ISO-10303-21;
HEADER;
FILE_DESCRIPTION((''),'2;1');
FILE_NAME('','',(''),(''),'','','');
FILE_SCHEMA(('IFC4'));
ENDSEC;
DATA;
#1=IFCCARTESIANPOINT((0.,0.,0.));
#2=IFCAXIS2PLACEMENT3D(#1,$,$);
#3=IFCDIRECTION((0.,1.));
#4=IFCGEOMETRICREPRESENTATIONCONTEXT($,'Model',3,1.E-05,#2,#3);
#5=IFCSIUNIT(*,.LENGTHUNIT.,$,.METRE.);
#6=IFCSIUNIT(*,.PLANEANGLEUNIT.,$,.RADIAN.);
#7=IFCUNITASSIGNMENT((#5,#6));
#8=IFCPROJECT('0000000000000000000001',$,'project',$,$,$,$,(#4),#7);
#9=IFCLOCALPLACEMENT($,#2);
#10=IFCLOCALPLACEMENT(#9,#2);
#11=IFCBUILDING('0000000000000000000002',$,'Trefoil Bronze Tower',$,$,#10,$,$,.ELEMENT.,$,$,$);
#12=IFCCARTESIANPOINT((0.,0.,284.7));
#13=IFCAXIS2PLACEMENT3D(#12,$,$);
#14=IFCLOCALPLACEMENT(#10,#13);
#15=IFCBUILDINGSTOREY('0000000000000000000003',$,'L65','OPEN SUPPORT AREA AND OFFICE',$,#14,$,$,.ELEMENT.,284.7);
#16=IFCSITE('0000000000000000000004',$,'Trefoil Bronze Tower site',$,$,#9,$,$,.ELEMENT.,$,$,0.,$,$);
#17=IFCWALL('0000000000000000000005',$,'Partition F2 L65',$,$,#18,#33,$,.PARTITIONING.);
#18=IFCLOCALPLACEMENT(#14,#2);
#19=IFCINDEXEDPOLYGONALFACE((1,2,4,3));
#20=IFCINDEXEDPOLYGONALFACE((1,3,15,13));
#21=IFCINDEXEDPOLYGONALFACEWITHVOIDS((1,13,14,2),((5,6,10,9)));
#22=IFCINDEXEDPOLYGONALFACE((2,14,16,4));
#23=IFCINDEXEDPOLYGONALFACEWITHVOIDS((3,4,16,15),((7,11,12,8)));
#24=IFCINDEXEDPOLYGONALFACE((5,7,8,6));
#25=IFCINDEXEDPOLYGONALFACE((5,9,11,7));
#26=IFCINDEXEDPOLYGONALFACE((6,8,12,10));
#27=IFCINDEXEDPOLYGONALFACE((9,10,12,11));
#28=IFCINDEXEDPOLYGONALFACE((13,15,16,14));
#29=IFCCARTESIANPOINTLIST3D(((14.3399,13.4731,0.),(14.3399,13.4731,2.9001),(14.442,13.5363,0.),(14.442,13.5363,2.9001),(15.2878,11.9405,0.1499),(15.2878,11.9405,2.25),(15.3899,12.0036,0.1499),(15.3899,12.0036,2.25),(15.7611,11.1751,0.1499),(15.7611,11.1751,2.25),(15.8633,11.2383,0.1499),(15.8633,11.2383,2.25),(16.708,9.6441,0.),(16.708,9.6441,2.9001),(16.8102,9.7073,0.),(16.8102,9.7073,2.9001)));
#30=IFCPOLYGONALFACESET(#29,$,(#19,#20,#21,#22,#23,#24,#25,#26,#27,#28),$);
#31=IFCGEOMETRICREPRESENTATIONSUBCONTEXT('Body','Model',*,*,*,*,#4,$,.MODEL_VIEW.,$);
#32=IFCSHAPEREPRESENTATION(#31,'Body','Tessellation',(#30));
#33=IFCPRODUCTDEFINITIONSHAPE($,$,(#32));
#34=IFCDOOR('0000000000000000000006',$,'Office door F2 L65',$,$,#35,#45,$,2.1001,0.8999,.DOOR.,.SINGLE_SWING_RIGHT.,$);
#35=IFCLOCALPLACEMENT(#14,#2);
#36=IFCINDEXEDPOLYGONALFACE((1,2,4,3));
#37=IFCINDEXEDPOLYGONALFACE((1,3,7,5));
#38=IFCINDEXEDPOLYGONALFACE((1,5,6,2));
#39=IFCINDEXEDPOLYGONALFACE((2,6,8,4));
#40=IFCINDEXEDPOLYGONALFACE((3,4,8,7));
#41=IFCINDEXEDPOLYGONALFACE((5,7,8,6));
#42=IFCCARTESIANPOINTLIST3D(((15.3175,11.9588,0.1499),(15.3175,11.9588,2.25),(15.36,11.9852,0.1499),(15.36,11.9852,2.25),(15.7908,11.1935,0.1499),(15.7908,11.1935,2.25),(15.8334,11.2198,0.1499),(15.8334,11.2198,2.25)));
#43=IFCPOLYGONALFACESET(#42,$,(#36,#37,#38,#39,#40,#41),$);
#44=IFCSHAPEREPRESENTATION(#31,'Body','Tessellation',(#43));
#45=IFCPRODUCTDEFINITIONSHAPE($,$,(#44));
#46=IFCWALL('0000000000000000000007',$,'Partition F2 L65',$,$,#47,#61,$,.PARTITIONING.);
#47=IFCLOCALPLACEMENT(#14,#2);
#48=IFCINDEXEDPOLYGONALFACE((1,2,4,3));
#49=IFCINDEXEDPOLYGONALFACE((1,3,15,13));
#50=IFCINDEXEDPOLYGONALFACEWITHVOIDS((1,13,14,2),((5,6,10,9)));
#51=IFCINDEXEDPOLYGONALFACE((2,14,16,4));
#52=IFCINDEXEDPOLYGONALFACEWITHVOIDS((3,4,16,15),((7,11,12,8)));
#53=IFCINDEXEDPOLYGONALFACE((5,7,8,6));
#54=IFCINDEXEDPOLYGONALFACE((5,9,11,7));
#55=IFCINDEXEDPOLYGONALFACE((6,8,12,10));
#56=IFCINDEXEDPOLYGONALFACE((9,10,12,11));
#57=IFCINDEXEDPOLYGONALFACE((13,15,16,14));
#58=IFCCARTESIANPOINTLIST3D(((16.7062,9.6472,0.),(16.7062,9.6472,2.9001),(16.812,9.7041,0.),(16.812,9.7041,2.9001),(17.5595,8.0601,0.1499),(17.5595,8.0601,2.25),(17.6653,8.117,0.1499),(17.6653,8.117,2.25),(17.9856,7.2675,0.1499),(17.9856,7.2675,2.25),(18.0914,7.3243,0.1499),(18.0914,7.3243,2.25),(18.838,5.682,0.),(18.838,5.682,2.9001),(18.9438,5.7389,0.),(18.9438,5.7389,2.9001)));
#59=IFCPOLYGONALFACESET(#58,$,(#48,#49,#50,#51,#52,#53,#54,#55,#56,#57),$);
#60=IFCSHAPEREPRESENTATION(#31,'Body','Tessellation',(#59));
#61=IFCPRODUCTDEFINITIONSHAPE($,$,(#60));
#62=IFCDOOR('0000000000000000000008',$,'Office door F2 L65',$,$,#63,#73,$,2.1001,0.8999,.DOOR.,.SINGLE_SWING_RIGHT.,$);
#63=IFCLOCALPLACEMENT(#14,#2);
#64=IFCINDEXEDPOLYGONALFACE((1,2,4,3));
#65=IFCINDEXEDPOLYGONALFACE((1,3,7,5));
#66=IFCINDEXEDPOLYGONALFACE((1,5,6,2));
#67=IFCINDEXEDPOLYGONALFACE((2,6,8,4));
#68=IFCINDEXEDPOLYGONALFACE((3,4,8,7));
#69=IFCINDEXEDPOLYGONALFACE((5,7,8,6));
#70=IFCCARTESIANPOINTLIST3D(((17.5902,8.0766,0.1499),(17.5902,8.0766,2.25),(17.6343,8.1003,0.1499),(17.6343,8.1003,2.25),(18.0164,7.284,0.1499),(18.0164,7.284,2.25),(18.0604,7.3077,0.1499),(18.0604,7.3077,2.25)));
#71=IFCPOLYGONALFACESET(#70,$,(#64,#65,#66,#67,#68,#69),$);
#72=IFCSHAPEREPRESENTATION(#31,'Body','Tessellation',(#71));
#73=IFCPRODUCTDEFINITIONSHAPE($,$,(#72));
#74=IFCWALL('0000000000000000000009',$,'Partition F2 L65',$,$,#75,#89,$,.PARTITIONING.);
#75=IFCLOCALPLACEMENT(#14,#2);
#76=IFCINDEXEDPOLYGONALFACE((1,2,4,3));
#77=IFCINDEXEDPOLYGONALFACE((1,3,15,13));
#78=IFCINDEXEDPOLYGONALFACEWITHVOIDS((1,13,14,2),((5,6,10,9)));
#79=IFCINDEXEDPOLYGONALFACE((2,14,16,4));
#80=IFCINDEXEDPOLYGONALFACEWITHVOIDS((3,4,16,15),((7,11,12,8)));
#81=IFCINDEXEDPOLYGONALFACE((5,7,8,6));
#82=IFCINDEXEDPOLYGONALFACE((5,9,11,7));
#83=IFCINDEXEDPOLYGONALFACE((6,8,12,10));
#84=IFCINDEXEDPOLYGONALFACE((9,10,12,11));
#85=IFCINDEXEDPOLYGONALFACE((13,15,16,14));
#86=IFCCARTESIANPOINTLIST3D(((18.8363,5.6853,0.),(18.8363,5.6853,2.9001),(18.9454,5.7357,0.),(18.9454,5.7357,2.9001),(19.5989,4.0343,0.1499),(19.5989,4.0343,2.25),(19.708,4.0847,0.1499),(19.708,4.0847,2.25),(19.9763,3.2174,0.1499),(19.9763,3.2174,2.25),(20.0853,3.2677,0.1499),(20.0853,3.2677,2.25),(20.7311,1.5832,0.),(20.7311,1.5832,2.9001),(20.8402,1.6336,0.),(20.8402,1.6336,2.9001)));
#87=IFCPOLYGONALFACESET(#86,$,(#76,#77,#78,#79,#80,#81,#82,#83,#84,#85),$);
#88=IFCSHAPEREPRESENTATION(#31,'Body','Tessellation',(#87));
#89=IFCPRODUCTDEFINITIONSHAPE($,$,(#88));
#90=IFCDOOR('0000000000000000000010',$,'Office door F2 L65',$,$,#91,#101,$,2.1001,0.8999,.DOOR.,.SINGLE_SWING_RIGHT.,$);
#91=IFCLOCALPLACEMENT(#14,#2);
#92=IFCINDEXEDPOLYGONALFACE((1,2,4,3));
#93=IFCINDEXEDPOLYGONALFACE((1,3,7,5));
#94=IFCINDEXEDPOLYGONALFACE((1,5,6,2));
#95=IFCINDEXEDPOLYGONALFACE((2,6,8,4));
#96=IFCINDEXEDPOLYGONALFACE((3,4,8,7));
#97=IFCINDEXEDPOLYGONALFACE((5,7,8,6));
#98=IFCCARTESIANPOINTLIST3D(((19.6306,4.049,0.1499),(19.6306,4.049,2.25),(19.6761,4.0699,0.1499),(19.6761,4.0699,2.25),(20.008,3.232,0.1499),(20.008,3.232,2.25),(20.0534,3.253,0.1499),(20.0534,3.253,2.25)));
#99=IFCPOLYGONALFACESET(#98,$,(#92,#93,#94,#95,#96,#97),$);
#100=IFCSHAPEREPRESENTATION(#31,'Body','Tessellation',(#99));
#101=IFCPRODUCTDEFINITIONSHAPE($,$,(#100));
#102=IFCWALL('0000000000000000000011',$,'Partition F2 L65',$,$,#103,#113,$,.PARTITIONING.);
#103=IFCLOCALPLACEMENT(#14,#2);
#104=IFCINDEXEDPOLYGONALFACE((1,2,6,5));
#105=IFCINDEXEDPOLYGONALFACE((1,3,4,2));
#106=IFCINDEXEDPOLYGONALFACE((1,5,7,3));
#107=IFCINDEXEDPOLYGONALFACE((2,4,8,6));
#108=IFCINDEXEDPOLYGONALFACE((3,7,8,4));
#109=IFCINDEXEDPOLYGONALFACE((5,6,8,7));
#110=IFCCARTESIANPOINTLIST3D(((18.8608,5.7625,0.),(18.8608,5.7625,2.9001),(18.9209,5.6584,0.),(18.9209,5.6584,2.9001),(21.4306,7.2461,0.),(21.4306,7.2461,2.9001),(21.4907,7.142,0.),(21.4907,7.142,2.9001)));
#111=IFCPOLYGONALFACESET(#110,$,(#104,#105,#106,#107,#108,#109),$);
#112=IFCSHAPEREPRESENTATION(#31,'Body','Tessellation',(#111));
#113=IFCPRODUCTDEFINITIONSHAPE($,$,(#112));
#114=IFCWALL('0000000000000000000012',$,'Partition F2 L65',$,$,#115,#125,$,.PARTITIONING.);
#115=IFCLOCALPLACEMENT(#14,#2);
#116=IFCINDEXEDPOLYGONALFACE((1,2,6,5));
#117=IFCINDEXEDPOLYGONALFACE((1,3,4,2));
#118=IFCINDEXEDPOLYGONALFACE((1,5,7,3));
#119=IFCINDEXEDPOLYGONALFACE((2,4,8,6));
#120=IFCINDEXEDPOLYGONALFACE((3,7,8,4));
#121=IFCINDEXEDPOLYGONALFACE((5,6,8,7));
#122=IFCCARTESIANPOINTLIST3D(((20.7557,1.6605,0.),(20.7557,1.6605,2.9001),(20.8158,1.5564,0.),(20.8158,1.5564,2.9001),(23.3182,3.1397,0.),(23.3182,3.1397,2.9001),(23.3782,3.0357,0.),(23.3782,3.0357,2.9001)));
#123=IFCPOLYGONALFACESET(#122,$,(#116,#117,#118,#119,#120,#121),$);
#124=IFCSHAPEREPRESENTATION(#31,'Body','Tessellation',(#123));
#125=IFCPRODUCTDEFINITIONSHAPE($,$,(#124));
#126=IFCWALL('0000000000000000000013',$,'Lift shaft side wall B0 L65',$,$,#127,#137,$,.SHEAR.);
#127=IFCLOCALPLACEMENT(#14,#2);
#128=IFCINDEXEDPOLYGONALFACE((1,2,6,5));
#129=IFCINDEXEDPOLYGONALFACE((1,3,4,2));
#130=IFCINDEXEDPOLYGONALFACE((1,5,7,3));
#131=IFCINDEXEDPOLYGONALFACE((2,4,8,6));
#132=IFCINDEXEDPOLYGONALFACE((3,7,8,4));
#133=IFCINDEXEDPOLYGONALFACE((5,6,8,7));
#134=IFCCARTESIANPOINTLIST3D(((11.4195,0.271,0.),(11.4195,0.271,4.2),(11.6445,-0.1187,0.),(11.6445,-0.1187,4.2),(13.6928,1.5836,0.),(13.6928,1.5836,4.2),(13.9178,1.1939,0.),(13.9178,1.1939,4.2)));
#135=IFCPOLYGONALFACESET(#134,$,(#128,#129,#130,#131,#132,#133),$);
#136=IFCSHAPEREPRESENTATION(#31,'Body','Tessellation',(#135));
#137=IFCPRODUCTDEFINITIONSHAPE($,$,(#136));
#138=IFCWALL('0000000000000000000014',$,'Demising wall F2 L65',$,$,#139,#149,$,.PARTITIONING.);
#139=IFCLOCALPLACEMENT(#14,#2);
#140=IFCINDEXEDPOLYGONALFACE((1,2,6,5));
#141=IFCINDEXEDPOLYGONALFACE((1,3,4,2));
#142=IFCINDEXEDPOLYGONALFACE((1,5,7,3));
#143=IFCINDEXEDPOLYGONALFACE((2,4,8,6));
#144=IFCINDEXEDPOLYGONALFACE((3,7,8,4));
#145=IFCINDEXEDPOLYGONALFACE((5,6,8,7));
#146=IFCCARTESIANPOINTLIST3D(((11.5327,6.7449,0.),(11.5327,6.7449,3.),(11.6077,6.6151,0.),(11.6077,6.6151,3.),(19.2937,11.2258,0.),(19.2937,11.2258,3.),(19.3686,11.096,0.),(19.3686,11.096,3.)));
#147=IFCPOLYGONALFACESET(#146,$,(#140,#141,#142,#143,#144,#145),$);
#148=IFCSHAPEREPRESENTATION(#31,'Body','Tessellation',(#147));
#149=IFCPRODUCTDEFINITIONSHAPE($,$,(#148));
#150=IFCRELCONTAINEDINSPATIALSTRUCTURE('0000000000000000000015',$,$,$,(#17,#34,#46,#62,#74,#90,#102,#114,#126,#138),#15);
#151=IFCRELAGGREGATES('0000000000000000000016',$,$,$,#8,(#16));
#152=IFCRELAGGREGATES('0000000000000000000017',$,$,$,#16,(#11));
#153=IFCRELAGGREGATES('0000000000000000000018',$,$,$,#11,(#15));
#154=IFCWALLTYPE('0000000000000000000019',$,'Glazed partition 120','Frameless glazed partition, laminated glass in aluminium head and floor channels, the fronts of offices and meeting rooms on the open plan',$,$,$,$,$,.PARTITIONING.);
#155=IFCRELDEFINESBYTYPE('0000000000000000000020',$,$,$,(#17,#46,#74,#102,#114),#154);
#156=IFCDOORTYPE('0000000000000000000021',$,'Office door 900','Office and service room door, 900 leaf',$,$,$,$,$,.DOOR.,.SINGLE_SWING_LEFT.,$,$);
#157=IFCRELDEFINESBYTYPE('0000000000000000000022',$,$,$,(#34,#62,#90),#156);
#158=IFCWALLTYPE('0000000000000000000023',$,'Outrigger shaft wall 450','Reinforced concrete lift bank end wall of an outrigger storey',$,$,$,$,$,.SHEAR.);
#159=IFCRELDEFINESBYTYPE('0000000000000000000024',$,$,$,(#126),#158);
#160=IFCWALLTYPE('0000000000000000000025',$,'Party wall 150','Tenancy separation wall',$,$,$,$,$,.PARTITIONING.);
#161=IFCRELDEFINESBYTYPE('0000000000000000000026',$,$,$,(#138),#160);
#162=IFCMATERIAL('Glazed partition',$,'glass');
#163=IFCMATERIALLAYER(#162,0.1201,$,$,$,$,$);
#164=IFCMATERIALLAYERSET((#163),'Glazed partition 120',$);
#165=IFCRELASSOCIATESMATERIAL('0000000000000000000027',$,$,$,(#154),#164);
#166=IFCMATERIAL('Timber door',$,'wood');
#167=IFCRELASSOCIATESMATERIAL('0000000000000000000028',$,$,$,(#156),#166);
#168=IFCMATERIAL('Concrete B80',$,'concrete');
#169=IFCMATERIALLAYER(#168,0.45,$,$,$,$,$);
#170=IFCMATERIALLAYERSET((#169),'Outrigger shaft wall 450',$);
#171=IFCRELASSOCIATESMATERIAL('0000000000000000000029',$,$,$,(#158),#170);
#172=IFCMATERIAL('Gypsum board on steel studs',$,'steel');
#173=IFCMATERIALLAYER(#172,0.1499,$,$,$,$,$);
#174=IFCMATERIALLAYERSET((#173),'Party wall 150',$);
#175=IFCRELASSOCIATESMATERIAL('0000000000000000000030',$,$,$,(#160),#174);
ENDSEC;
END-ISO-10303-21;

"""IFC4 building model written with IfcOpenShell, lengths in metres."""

from ifc_helpers import new_model, si_unit, direction, frame, frame_2d, origin, place, context, subcontext, project, spatial, rectangle, extrude, material, layer, layer_set, type_object, element, fill, save


model = new_model("IFC4")

# Units and contexts
model_context = context("Model", 3, precision=1e-05, world=origin(), true_north=direction((0.0, 1.0)))
body_context = subcontext(model_context, "Body", "Model", "MODEL_VIEW")
ifc_project = project(units=[si_unit("LENGTHUNIT", "METRE"), si_unit("PLANEANGLEUNIT", "RADIAN")], contexts=[model_context])

# Site, building, storey
site_placement = place(None, origin())
site = spatial("IfcSite", under=ifc_project, at=site_placement, Name="Trefoil Bronze Tower site", CompositionType="ELEMENT", RefElevation=0.0)
building_placement = place(site_placement, origin())
building = spatial("IfcBuilding", under=site, at=building_placement, Name="Trefoil Bronze Tower", CompositionType="ELEMENT")
storey_placement = place(building_placement, frame((0.0, 0.0, 284.7)))
storey = spatial("IfcBuildingStorey", under=building, at=storey_placement, Name="L65", Description="OPEN SUPPORT AREA AND OFFICE", CompositionType="ELEMENT", Elevation=284.7)

# Shared definitions
ifc_material_1 = material(Name="Glazed partition", Category="glass")
ifc_layer_1 = layer(ifc_material_1, 0.1201)
ifc_layer_set_1 = layer_set([ifc_layer_1], Name="Glazed partition 120")
wall_type_1 = type_object("IfcWallType", Name="Glazed partition 120", Description="Frameless glazed partition, laminated glass in aluminium head and floor channels, the fronts of offices and meeting rooms on the open plan", PredefinedType="PARTITIONING", material=ifc_layer_set_1)

# Walls, openings, doors
wall_1_placement = place(storey_placement, frame((16.759, 9.6758, 0.0), z_axis=(0.0, 0.0, 1.0), x_axis=(-0.525996, 0.850487, 0.0)))
wall_1 = element("IfcWall", 1, at=wall_1_placement, inside=storey, type_object=wall_type_1, Name="Partition F2 L65", PredefinedType="PARTITIONING", context=body_context, shape_type="SweptSolid", body=[
    extrude(rectangle(XDim=4.5022, YDim=0.1201, at=frame_2d((2.251, 0.0))), origin(), (0.0, 0.0, 1.0), 2.9001),
])
opening_1_placement = place(wall_1_placement, frame((1.8, 0.0, 0.1499)))
opening_1 = element("IfcOpeningElement", 2, at=opening_1_placement, cuts=wall_1, PredefinedType="OPENING", context=body_context, shape_type="SweptSolid", body=[
    extrude(rectangle(XDim=0.8999, YDim=2.1001, at=frame_2d((0.45, 1.05))), frame((0.0, 0.0701, 0.0), z_axis=(0.0, -1.0, 0.0), x_axis=(1.0, 0.0, 0.0)), (0.0, 0.0, 1.0), 0.1401),
])
ifc_material_2 = material(Name="Timber door", Category="wood")
door_type_1 = type_object("IfcDoorType", Name="Office door 900", Description="Office and service room door, 900 leaf", OperationType="SINGLE_SWING_LEFT", PredefinedType="DOOR", material=ifc_material_2)
door_1_placement = place(opening_1_placement, frame((0.8999, 0.0, 0.0), z_axis=(0.0, 0.0, 1.0), x_axis=(-1.0, 0.0, 0.0)))
door_1 = element("IfcDoor", 3, at=door_1_placement, inside=storey, type_object=door_type_1, Name="Office door F2 L65", OperationType="SINGLE_SWING_RIGHT", OverallHeight=2.1001, OverallWidth=0.8999, PredefinedType="DOOR", context=body_context, shape_type="SweptSolid", body=[
    extrude(rectangle(XDim=0.8999, YDim=2.1001, at=frame_2d((0.45, 1.05))), frame((0.0, 0.0249, 0.0), z_axis=(0.0, -1.0, 0.0), x_axis=(1.0, 0.0, 0.0)), (0.0, 0.0, 1.0), 0.05),
])
fill(opening_1, door_1)
wall_2_placement = place(storey_placement, frame((18.8909, 5.7104, 0.0), z_axis=(0.0, 0.0, 1.0), x_axis=(-0.473524, 0.880781, 0.0)))
wall_2 = element("IfcWall", 4, at=wall_2_placement, inside=storey, type_object=wall_type_1, Name="Partition F2 L65", PredefinedType="PARTITIONING", context=body_context, shape_type="SweptSolid", body=[
    extrude(rectangle(XDim=4.502, YDim=0.1201, at=frame_2d((2.251, 0.0))), origin(), (0.0, 0.0, 1.0), 2.9001),
])
opening_2_placement = place(wall_2_placement, frame((1.8, 0.0, 0.1499)))
opening_2 = element("IfcOpeningElement", 5, at=opening_2_placement, cuts=wall_2, PredefinedType="OPENING", context=body_context, shape_type="SweptSolid", body=[
    extrude(rectangle(XDim=0.8999, YDim=2.1001, at=frame_2d((0.45, 1.05))), frame((0.0, 0.0701, 0.0), z_axis=(0.0, -1.0, 0.0), x_axis=(1.0, 0.0, 0.0)), (0.0, 0.0, 1.0), 0.1401),
])
door_2_placement = place(opening_2_placement, frame((0.8999, 0.0, 0.0), z_axis=(0.0, 0.0, 1.0), x_axis=(-1.0, 0.0, 0.0)))
door_2 = element("IfcDoor", 6, at=door_2_placement, inside=storey, type_object=door_type_1, Name="Office door F2 L65", OperationType="SINGLE_SWING_RIGHT", OverallHeight=2.1001, OverallWidth=0.8999, PredefinedType="DOOR", context=body_context, shape_type="SweptSolid", body=[
    extrude(rectangle(XDim=0.8999, YDim=2.1001, at=frame_2d((0.45, 1.05))), frame((0.0, 0.0249, 0.0), z_axis=(0.0, -1.0, 0.0), x_axis=(1.0, 0.0, 0.0)), (0.0, 0.0, 1.0), 0.05),
])
fill(opening_2, door_2)
wall_3_placement = place(storey_placement, frame((20.7856, 1.6084, 0.0), z_axis=(0.0, 0.0, 1.0), x_axis=(-0.419336, 0.907831, 0.0)))
wall_3 = element("IfcWall", 7, at=wall_3_placement, inside=storey, type_object=wall_type_1, Name="Partition F2 L65", PredefinedType="PARTITIONING", context=body_context, shape_type="SweptSolid", body=[
    extrude(rectangle(XDim=4.5186, YDim=0.1201, at=frame_2d((2.2593, 0.0))), origin(), (0.0, 0.0, 1.0), 2.9001),
])
opening_3_placement = place(wall_3_placement, frame((1.8, 0.0, 0.1499)))
opening_3 = element("IfcOpeningElement", 8, at=opening_3_placement, cuts=wall_3, PredefinedType="OPENING", context=body_context, shape_type="SweptSolid", body=[
    extrude(rectangle(XDim=0.8999, YDim=2.1001, at=frame_2d((0.45, 1.05))), frame((0.0, 0.0701, 0.0), z_axis=(0.0, -1.0, 0.0), x_axis=(1.0, 0.0, 0.0)), (0.0, 0.0, 1.0), 0.1401),
])
door_3_placement = place(opening_3_placement, frame((0.8999, 0.0, 0.0), z_axis=(0.0, 0.0, 1.0), x_axis=(-1.0, 0.0, 0.0)))
door_3 = element("IfcDoor", 9, at=door_3_placement, inside=storey, type_object=door_type_1, Name="Office door F2 L65", OperationType="SINGLE_SWING_RIGHT", OverallHeight=2.1001, OverallWidth=0.8999, PredefinedType="DOOR", context=body_context, shape_type="SweptSolid", body=[
    extrude(rectangle(XDim=0.8999, YDim=2.1001, at=frame_2d((0.45, 1.05))), frame((0.0, 0.0249, 0.0), z_axis=(0.0, -1.0, 0.0), x_axis=(1.0, 0.0, 0.0)), (0.0, 0.0, 1.0), 0.05),
])
fill(opening_3, door_3)

# Walls
wall_4_placement = place(storey_placement, frame((18.8909, 5.7104, 0.0), z_axis=(0.0, 0.0, 1.0), x_axis=(0.866032, 0.499988, 0.0)))
element("IfcWall", 10, at=wall_4_placement, inside=storey, type_object=wall_type_1, Name="Partition F2 L65", PredefinedType="PARTITIONING", context=body_context, shape_type="SweptSolid", body=[
    extrude(rectangle(XDim=2.9673, YDim=0.1201, at=frame_2d((1.4836, 0.0))), origin(), (0.0, 0.0, 1.0), 2.9001),
])
wall_5_placement = place(storey_placement, frame((20.7856, 1.6084, 0.0), z_axis=(0.0, 0.0, 1.0), x_axis=(0.866056, 0.499946, 0.0)))
element("IfcWall", 11, at=wall_5_placement, inside=storey, type_object=wall_type_1, Name="Partition F2 L65", PredefinedType="PARTITIONING", context=body_context, shape_type="SweptSolid", body=[
    extrude(rectangle(XDim=2.9587, YDim=0.1201, at=frame_2d((1.4795, 0.0))), origin(), (0.0, 0.0, 1.0), 2.9001),
])
ifc_material_3 = material(Name="Concrete B80", Category="concrete")
ifc_layer_2 = layer(ifc_material_3, 0.45)
ifc_layer_set_2 = layer_set([ifc_layer_2], Name="Outrigger shaft wall 450")
wall_type_2 = type_object("IfcWallType", Name="Outrigger shaft wall 450", Description="Reinforced concrete lift bank end wall of an outrigger storey", PredefinedType="SHEAR", material=ifc_layer_set_2)
wall_6_placement = place(storey_placement, frame((11.532, 0.0762, 0.0), z_axis=(0.0, 0.0, 1.0), x_axis=(0.866014, 0.50002, 0.0)))
element("IfcWall", 12, at=wall_6_placement, inside=storey, type_object=wall_type_2, Name="Lift shaft side wall B0 L65", PredefinedType="SHEAR", context=body_context, shape_type="SweptSolid", body=[
    extrude(rectangle(XDim=2.625, YDim=0.45, at=frame_2d((1.3125, 0.0))), origin(), (0.0, 0.0, 1.0), 4.2),
])
ifc_material_4 = material(Name="Gypsum board on steel studs", Category="steel")
ifc_layer_3 = layer(ifc_material_4, 0.1499)
ifc_layer_set_3 = layer_set([ifc_layer_3], Name="Party wall 150")
wall_type_3 = type_object("IfcWallType", Name="Party wall 150", Description="Tenancy separation wall", PredefinedType="PARTITIONING", material=ifc_layer_set_3)
wall_7_placement = place(storey_placement, frame((11.5701, 6.6799, 0.0), z_axis=(0.0, 0.0, 1.0), x_axis=(0.866018, 0.500013, 0.0)))
element("IfcWall", 13, at=wall_7_placement, inside=storey, type_object=wall_type_3, Name="Demising wall F2 L65", PredefinedType="PARTITIONING", context=body_context, shape_type="SweptSolid", body=[
    extrude(rectangle(XDim=8.9617, YDim=0.1499, at=frame_2d((4.481, 0.0))), origin(), (0.0, 0.0, 1.0), 3.0),
])

save(model, "model.ifc")
